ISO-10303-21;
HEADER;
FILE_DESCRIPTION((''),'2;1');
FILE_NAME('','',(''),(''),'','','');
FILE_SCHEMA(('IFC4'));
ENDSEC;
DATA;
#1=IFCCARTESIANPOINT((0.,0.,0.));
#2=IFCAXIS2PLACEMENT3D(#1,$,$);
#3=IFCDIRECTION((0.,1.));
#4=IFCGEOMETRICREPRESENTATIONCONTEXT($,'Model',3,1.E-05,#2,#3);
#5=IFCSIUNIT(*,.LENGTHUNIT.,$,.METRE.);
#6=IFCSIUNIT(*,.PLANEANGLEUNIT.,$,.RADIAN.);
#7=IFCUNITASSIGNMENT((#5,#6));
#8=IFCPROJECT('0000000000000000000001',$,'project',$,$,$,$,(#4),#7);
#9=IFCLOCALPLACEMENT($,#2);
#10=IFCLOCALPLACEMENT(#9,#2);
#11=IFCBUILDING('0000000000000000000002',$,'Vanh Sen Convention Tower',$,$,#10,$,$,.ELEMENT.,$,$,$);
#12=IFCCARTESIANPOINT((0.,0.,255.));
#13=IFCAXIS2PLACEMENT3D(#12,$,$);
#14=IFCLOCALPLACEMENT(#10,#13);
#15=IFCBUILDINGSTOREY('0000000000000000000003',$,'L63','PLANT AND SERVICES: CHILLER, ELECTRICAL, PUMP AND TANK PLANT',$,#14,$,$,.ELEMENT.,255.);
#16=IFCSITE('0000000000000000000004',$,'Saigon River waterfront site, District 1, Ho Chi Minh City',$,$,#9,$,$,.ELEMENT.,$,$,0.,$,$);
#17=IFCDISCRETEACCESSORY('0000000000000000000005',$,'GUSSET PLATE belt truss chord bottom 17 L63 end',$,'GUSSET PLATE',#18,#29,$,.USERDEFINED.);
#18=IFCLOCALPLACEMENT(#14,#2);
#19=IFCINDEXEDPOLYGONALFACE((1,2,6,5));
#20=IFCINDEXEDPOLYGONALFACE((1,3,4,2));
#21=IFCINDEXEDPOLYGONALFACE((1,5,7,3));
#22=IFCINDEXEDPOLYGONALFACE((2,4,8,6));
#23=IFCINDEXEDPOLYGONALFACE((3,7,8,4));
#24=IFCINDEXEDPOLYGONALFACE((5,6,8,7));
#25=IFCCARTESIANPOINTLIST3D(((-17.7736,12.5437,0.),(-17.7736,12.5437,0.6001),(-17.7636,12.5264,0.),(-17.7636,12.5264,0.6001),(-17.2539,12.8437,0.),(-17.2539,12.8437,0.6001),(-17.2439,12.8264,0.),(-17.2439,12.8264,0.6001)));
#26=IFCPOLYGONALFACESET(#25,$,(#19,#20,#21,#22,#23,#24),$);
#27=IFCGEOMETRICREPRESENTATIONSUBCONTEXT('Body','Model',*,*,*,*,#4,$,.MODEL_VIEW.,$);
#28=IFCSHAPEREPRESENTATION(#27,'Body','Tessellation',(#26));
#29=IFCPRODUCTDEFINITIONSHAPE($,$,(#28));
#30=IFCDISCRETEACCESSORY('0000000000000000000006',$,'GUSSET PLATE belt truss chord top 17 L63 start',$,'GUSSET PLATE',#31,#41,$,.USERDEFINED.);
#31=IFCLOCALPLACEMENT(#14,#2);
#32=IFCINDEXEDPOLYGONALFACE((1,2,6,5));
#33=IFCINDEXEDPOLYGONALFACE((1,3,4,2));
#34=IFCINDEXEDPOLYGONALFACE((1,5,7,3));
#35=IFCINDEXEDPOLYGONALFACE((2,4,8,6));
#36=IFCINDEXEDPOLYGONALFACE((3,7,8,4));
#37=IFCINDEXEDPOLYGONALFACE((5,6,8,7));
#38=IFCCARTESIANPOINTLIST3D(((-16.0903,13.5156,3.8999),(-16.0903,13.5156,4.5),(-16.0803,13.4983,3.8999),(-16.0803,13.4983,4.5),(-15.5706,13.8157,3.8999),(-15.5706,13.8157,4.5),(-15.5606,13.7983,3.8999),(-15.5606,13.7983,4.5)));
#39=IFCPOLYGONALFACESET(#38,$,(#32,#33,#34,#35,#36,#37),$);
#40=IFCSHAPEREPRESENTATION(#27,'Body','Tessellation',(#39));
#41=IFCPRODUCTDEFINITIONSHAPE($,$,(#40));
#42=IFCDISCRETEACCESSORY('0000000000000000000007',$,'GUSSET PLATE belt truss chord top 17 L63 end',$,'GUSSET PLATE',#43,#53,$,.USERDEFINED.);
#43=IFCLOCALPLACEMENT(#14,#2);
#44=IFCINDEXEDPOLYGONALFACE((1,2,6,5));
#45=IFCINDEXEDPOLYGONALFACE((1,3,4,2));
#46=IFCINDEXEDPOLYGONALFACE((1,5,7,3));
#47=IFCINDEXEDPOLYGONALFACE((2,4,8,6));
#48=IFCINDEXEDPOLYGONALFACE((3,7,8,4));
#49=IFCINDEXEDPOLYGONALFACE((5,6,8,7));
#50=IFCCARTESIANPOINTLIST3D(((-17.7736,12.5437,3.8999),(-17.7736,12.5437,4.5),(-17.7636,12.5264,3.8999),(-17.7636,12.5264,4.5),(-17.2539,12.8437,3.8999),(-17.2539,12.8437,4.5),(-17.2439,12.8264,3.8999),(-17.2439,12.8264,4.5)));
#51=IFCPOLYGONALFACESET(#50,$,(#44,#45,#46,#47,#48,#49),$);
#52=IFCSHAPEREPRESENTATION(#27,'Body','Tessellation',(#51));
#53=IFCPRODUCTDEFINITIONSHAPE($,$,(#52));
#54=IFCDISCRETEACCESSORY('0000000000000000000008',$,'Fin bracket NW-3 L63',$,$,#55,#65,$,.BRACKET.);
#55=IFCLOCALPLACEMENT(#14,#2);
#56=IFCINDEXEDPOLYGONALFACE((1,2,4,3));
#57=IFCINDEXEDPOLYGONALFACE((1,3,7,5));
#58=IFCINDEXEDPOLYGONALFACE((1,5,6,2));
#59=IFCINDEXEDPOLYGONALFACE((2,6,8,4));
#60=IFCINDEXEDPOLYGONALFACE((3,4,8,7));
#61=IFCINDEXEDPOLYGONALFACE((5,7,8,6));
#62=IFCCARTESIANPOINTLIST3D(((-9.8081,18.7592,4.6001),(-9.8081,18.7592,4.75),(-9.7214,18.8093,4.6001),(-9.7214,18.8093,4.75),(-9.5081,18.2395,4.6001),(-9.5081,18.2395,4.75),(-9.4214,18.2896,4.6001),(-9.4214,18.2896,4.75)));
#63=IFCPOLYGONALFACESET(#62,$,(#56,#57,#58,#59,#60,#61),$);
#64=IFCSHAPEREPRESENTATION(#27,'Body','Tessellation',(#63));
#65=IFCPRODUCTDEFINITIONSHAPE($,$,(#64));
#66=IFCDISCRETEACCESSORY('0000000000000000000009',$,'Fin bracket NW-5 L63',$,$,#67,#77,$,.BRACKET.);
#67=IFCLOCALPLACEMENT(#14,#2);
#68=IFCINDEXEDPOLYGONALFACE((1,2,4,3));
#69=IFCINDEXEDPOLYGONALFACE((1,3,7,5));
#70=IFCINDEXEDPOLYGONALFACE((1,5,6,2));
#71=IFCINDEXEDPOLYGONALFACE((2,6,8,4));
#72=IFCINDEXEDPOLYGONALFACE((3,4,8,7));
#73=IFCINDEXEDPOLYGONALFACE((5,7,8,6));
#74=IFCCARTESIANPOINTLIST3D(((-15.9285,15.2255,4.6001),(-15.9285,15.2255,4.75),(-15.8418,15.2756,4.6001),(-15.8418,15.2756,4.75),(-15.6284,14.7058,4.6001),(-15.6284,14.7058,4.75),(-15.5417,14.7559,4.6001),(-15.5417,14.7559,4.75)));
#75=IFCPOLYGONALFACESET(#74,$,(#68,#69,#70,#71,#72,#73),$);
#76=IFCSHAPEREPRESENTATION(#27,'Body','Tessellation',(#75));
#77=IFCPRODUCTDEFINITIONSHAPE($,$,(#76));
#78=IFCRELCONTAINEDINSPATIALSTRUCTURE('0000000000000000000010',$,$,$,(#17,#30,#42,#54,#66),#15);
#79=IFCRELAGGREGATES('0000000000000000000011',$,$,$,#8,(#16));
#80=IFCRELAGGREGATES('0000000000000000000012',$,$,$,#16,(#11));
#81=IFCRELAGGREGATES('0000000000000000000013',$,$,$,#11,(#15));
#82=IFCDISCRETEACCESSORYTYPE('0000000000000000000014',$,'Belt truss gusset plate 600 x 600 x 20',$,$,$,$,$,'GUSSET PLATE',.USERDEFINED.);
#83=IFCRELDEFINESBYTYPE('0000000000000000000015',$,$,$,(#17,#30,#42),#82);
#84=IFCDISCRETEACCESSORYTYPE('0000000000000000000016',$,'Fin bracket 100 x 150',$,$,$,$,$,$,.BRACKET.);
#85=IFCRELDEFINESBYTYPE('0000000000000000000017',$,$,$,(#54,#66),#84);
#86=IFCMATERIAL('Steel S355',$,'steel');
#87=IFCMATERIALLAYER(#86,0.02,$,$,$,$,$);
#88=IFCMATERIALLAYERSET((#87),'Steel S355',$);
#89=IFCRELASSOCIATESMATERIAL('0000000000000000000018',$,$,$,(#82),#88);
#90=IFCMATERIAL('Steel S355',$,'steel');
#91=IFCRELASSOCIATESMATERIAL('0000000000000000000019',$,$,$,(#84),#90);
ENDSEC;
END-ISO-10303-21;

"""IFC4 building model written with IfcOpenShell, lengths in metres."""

from ifc_helpers import new_model, si_unit, direction, frame, origin, origin_2d, place, context, subcontext, project, spatial, rectangle, extrude, material, layer, layer_set, type_object, element, save


model = new_model("IFC4")

# Units and contexts
model_context = context("Model", 3, precision=1e-05, world=origin(), true_north=direction((0.0, 1.0)))
body_context = subcontext(model_context, "Body", "Model", "MODEL_VIEW")
ifc_project = project(units=[si_unit("LENGTHUNIT", "METRE"), si_unit("PLANEANGLEUNIT", "RADIAN")], contexts=[model_context])

# Site, building, storey
site_placement = place(None, origin())
site = spatial("IfcSite", under=ifc_project, at=site_placement, Name="Saigon River waterfront site, District 1, Ho Chi Minh City", CompositionType="ELEMENT", RefElevation=0.0)
building_placement = place(site_placement, origin())
building = spatial("IfcBuilding", under=site, at=building_placement, Name="Vanh Sen Convention Tower", CompositionType="ELEMENT")
storey_placement = place(building_placement, frame((0.0, 0.0, 255.0)))
storey = spatial("IfcBuildingStorey", under=building, at=storey_placement, Name="L63", Description="PLANT AND SERVICES: CHILLER, ELECTRICAL, PUMP AND TANK PLANT", CompositionType="ELEMENT", Elevation=255.0)

# Shared definitions
ifc_material_1 = material(Name="Steel S355", Category="steel")

# Discrete accessories
ifc_layer_1 = layer(ifc_material_1, 0.02)
ifc_layer_set_1 = layer_set([ifc_layer_1], Name="Steel S355")
discrete_accessory_type_1 = type_object("IfcDiscreteAccessoryType", Name="Belt truss gusset plate 600 x 600 x 20", ElementType="GUSSET PLATE", PredefinedType="USERDEFINED", material=ifc_layer_set_1)
for number, where, z_axis, x_axis, name in (
    (1, (-17.5088, 12.6851, 0.0), (0.0, 0.0, 1.0), (0.866033, 0.499986, 0.0), "GUSSET PLATE belt truss chord bottom 17 L63 end"),
    (2, (-15.8254, 13.657, 3.8999), (0.0, 0.0, 1.0), (-0.866033, -0.499986, 0.0), "GUSSET PLATE belt truss chord top 17 L63 start"),
    (3, (-17.5088, 12.6851, 3.8999), (0.0, 0.0, 1.0), (0.866033, 0.499986, 0.0), "GUSSET PLATE belt truss chord top 17 L63 end"),
):
    element("IfcDiscreteAccessory", number, at=place(storey_placement, frame(where, z_axis=z_axis, x_axis=x_axis)), inside=storey, type_object=discrete_accessory_type_1, Name=name, ObjectType="GUSSET PLATE", PredefinedType="USERDEFINED", context=body_context, shape_type="SweptSolid", body=[
        extrude(rectangle(XDim=0.6001, YDim=0.02, at=origin_2d()), origin(), (0.0, 0.0, 1.0), 0.6001),
    ])
ifc_material_2 = material(Name="Steel S355", Category="steel")
discrete_accessory_type_2 = type_object("IfcDiscreteAccessoryType", Name="Fin bracket 100 x 150", PredefinedType="BRACKET", material=ifc_material_2)
for number, where, z_axis, x_axis, name in (
    (4, (-9.6147, 18.5244, 4.6001), (0.0, 0.0, 1.0), (-0.5, 0.866025, 0.0), "Fin bracket NW-3 L63"),
    (5, (-15.7351, 14.9907, 4.6001), (0.0, 0.0, 1.0), (-0.5, 0.866025, 0.0), "Fin bracket NW-5 L63"),
):
    element("IfcDiscreteAccessory", number, at=place(storey_placement, frame(where, z_axis=z_axis, x_axis=x_axis)), inside=storey, type_object=discrete_accessory_type_2, Name=name, PredefinedType="BRACKET", context=body_context, shape_type="SweptSolid", body=[
        extrude(rectangle(XDim=0.6001, YDim=0.1001, at=origin_2d()), origin(), (0.0, 0.0, 1.0), 0.1499),
    ])

save(model, "model.ifc")
